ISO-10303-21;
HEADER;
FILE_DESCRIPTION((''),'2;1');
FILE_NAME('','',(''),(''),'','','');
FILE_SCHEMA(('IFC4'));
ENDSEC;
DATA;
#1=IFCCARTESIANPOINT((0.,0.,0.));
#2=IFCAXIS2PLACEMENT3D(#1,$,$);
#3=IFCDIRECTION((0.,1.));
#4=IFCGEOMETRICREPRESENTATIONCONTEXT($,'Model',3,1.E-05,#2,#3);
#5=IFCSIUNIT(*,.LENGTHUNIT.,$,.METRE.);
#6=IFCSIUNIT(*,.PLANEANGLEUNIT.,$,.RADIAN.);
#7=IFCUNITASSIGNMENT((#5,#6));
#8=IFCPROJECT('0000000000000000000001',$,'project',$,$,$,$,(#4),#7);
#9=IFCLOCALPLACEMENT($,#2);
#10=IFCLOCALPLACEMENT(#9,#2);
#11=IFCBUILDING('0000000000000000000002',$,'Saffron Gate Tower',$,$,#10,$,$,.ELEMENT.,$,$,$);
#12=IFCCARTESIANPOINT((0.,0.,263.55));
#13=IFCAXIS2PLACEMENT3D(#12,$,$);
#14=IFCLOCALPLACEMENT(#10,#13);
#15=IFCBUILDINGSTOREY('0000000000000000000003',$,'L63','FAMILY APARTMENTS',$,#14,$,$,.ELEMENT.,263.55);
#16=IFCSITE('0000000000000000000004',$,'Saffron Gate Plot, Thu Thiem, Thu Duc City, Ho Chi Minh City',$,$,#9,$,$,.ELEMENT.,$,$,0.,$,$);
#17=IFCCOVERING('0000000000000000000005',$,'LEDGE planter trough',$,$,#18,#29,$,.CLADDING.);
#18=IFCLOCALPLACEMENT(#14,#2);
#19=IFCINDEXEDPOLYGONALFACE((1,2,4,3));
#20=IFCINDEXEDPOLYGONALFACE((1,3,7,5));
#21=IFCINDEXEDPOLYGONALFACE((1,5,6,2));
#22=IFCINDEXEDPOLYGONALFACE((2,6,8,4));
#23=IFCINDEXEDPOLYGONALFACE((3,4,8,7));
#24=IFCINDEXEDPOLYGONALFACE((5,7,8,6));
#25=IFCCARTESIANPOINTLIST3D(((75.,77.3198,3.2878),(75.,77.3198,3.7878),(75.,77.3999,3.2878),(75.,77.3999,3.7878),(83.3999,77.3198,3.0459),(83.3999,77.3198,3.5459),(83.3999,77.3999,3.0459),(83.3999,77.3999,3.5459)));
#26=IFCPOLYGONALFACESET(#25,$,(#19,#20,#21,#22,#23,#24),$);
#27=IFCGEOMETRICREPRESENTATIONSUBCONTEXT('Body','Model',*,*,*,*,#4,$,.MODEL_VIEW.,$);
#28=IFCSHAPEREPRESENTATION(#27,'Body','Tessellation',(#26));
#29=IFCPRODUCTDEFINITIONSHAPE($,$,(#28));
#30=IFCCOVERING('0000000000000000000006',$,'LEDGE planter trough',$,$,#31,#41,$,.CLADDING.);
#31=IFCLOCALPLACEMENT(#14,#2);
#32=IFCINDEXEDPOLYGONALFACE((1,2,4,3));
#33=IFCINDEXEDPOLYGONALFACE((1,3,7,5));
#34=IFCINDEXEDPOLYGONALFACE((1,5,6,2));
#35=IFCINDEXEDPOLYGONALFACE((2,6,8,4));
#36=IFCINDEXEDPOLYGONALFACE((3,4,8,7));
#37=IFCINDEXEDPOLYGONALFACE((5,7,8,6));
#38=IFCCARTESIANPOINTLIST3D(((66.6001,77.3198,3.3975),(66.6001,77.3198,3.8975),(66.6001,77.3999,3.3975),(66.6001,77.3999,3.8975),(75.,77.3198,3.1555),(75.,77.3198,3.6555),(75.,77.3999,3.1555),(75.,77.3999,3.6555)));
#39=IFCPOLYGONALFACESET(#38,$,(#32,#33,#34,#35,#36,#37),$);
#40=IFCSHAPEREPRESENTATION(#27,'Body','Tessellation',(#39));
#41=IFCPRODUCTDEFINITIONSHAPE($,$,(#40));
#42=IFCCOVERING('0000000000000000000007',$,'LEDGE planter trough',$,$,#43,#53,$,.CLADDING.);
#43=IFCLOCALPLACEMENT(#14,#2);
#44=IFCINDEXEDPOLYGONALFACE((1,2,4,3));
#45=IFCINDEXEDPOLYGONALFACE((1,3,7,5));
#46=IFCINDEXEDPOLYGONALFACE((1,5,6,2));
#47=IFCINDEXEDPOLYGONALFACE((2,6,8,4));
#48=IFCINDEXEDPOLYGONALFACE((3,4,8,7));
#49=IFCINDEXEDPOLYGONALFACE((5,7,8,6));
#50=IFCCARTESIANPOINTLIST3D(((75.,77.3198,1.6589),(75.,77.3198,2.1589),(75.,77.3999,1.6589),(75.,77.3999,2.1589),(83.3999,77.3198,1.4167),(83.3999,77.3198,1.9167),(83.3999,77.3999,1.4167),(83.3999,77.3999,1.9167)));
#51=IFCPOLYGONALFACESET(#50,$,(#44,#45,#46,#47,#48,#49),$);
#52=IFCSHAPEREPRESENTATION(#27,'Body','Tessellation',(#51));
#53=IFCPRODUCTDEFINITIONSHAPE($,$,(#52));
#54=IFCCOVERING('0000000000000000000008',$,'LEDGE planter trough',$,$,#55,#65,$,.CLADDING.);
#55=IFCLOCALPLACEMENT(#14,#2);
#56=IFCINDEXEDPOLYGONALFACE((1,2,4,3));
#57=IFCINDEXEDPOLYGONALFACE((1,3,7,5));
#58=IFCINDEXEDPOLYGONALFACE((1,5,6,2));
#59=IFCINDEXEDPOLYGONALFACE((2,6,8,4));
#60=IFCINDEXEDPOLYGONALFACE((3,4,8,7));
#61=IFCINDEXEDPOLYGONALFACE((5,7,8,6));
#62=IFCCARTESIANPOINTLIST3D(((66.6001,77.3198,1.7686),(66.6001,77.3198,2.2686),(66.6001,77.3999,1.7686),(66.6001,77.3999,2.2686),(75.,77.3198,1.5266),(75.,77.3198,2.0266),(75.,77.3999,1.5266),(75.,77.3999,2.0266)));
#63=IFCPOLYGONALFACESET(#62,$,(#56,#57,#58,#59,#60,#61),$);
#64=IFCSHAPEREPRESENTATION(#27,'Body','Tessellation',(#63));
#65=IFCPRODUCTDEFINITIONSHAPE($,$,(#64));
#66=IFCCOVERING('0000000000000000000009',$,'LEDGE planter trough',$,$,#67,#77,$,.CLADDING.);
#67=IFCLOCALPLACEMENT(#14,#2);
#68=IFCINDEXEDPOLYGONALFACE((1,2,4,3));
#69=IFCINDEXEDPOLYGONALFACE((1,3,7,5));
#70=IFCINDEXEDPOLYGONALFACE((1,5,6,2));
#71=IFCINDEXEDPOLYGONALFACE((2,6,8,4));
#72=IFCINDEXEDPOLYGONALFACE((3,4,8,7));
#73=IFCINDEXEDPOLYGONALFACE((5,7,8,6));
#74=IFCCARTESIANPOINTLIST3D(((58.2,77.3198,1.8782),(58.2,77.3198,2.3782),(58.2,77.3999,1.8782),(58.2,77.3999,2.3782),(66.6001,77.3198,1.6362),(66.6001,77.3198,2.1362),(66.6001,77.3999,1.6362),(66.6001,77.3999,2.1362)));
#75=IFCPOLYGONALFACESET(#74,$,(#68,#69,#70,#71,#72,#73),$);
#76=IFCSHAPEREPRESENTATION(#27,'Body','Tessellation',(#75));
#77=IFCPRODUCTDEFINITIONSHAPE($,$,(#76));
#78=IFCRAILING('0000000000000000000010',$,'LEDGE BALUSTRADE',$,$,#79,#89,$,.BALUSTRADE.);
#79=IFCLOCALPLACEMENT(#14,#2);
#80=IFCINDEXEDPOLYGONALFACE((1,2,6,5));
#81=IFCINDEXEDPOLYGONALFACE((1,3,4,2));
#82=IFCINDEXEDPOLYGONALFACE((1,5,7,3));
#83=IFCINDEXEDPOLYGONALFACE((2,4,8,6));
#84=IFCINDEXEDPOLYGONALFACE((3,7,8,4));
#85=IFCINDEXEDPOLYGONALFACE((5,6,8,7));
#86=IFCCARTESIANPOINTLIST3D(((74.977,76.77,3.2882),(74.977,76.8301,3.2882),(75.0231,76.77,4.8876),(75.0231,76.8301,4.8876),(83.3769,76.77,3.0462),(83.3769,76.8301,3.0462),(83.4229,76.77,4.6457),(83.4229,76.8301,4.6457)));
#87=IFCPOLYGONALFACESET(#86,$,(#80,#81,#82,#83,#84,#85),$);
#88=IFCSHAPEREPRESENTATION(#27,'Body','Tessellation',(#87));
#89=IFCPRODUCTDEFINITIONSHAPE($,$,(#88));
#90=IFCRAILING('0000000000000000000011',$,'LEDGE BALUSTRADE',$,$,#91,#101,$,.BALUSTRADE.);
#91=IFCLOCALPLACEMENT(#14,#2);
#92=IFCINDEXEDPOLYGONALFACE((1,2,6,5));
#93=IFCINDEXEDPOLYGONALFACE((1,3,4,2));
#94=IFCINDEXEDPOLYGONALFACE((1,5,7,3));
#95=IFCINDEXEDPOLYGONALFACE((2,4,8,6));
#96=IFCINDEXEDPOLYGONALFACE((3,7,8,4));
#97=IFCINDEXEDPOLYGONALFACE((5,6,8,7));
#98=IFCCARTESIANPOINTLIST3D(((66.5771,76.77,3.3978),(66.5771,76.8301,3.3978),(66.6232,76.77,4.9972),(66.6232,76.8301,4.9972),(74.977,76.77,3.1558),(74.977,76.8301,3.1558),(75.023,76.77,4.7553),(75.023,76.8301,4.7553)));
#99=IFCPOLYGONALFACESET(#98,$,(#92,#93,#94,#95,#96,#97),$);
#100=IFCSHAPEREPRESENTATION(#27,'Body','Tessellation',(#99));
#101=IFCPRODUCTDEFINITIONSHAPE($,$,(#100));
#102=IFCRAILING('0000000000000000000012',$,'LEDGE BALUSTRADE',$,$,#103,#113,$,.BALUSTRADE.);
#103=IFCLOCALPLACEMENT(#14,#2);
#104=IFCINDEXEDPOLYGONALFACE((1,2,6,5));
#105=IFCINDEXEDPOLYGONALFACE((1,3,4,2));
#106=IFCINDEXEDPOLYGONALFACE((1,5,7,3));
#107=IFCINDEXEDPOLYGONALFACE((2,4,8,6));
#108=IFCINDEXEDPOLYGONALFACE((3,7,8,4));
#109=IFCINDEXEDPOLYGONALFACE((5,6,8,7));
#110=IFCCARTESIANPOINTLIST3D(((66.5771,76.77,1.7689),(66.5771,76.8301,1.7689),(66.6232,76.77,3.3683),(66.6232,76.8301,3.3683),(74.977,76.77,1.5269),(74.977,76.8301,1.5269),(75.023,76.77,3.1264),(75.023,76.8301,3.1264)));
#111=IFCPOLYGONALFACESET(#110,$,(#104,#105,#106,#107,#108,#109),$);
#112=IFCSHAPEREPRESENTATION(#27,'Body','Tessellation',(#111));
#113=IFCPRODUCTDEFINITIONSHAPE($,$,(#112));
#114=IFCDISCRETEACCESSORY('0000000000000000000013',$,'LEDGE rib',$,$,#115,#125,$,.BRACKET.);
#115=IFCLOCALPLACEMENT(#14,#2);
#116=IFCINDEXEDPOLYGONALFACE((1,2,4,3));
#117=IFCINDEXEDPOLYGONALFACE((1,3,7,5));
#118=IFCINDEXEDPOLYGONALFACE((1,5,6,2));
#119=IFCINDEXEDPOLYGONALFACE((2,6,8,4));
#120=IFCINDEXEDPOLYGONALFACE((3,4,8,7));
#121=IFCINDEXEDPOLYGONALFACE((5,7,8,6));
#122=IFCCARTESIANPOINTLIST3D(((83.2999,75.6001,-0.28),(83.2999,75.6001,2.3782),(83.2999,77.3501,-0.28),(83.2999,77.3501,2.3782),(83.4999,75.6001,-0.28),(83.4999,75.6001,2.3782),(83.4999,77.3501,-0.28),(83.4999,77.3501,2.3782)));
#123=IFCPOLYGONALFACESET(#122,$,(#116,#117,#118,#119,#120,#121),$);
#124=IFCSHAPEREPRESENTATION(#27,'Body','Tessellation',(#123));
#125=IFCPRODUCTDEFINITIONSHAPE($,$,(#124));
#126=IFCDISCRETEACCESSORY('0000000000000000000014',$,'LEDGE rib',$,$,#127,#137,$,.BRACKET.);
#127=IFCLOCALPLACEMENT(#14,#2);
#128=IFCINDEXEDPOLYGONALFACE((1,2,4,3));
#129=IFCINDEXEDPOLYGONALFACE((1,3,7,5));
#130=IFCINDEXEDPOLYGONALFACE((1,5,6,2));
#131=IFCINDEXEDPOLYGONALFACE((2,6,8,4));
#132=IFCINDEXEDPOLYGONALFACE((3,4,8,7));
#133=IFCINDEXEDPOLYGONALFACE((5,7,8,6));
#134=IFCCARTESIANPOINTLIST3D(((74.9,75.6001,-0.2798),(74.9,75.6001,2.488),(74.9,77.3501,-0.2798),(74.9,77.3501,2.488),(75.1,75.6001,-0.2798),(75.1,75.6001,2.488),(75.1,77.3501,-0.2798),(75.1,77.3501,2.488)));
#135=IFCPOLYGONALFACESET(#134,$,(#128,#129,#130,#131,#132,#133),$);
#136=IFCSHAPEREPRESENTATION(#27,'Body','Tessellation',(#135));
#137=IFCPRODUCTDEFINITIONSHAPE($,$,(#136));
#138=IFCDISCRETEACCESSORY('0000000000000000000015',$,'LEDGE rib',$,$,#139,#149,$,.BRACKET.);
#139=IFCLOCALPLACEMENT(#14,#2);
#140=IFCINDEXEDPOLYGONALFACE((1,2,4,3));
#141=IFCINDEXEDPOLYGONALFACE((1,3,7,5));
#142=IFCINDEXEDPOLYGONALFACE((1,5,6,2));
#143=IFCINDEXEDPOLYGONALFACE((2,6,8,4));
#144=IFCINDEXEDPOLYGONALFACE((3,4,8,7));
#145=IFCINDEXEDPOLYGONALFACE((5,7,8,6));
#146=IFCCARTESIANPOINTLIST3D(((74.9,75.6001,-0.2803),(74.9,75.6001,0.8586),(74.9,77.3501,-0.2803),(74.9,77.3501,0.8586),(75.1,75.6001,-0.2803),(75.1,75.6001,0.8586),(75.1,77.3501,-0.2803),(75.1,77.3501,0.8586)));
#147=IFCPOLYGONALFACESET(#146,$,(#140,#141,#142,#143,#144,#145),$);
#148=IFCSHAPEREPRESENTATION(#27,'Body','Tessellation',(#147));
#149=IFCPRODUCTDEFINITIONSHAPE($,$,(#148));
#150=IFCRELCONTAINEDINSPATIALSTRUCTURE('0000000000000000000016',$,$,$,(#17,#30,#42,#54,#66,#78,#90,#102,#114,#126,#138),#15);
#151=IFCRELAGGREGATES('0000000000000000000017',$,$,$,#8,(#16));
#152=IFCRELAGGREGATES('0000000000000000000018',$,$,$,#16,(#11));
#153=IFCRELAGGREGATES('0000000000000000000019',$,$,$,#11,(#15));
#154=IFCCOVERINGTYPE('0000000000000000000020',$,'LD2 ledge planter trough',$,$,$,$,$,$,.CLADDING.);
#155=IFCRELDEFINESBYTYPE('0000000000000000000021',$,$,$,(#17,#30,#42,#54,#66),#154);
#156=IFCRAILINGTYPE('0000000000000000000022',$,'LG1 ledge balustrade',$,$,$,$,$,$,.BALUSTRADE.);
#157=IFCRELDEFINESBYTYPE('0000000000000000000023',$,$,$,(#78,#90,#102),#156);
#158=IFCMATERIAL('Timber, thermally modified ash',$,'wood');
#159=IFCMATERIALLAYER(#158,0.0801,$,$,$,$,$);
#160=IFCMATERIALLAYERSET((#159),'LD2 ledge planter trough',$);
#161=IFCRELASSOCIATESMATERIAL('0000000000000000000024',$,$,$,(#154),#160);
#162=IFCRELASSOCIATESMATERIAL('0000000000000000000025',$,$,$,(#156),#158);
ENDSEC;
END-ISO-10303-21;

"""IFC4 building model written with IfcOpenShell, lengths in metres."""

from ifc_helpers import new_model, si_unit, direction, frame, origin, origin_2d, place, context, subcontext, project, spatial, polyline, rectangle, outline, extrude, material, layer, layer_set, type_object, element, save


model = new_model("IFC4")

# Units and contexts
model_context = context("Model", 3, precision=1e-05, world=origin(), true_north=direction((0.0, 1.0)))
body_context = subcontext(model_context, "Body", "Model", "MODEL_VIEW")
ifc_project = project(units=[si_unit("LENGTHUNIT", "METRE"), si_unit("PLANEANGLEUNIT", "RADIAN")], contexts=[model_context])

# Site, building, storey
site_placement = place(None, origin())
site = spatial("IfcSite", under=ifc_project, at=site_placement, Name="Saffron Gate Plot, Thu Thiem, Thu Duc City, Ho Chi Minh City", CompositionType="ELEMENT", RefElevation=0.0)
building_placement = place(site_placement, origin())
building = spatial("IfcBuilding", under=site, at=building_placement, Name="Saffron Gate Tower", CompositionType="ELEMENT")
storey_placement = place(building_placement, frame((0.0, 0.0, 263.55)))
storey = spatial("IfcBuildingStorey", under=building, at=storey_placement, Name="L63", Description="FAMILY APARTMENTS", CompositionType="ELEMENT", Elevation=263.55)

# Coverings
ifc_material_1 = material(Name="Timber, thermally modified ash", Category="wood")
ifc_layer_1 = layer(ifc_material_1, 0.0801)
ifc_layer_set_1 = layer_set([ifc_layer_1], Name="LD2 ledge planter trough")
covering_type_1 = type_object("IfcCoveringType", Name="LD2 ledge planter trough", PredefinedType="CLADDING", material=ifc_layer_set_1)
for number, where, z_axis, x_axis, name in (
    (1, (83.3999, 77.3999, 3.0459), (0.0, 1.0, 0.0), (-0.999585, 0.0, 0.028791), "LEDGE planter trough"),
    (2, (75.0, 77.3999, 3.1555), (0.0, 1.0, 0.0), (-0.999585, 0.0, 0.028791), "LEDGE planter trough"),
):
    element("IfcCovering", number, at=place(storey_placement, frame(where, z_axis=z_axis, x_axis=x_axis)), inside=storey, type_object=covering_type_1, Name=name, PredefinedType="CLADDING", context=body_context, shape_type="SweptSolid", body=[
        extrude(outline(polyline([(0.0, 0.0), (8.4034, 0.0), (8.4178, 0.4998), (0.0144, 0.4998), (0.0, 0.0)])), origin(), (0.0, 0.0, -1.0), 0.0801),
    ])
covering_1_placement = place(storey_placement, frame((83.3999, 77.3999, 1.4167), z_axis=(0.0, 1.0, 0.0), x_axis=(-0.999585, 0.0, 0.02882)))
element("IfcCovering", 3, at=covering_1_placement, inside=storey, type_object=covering_type_1, Name="LEDGE planter trough", PredefinedType="CLADDING", context=body_context, shape_type="SweptSolid", body=[
    extrude(outline(polyline([(0.0, 0.0), (8.4034, 0.0), (8.4178, 0.4998), (0.0144, 0.4998), (0.0, 0.0)])), origin(), (0.0, 0.0, -1.0), 0.0801),
])
covering_2_placement = place(storey_placement, frame((75.0, 77.3999, 1.5266), z_axis=(0.0, 1.0, 0.0), x_axis=(-0.999585, 0.0, 0.028791)))
element("IfcCovering", 4, at=covering_2_placement, inside=storey, type_object=covering_type_1, Name="LEDGE planter trough", PredefinedType="CLADDING", context=body_context, shape_type="SweptSolid", body=[
    extrude(outline(polyline([(0.0, 0.0), (8.4034, 0.0), (8.4178, 0.4998), (0.0144, 0.4998), (0.0, 0.0)])), origin(), (0.0, 0.0, -1.0), 0.0801),
])
covering_3_placement = place(storey_placement, frame((66.6001, 77.3999, 1.6362), z_axis=(0.0, 1.0, 0.0), x_axis=(-0.999585, 0.0, 0.02879)))
element("IfcCovering", 5, at=covering_3_placement, inside=storey, type_object=covering_type_1, Name="LEDGE planter trough", PredefinedType="CLADDING", context=body_context, shape_type="SweptSolid", body=[
    extrude(outline(polyline([(0.0, 0.0), (8.4036, 0.0), (8.418, 0.4998), (0.0144, 0.4998), (0.0, 0.0)])), origin(), (0.0, 0.0, -1.0), 0.0801),
])

# Railings
railing_type = type_object("IfcRailingType", Name="LG1 ledge balustrade", PredefinedType="BALUSTRADE", material=ifc_material_1)
for number, where, name in (
    (6, (83.3999, 76.8, 3.0459), "LEDGE BALUSTRADE"),
    (7, (75.0, 76.8, 3.1555), "LEDGE BALUSTRADE"),
    (8, (75.0, 76.8, 1.5266), "LEDGE BALUSTRADE"),
):
    element("IfcRailing", number, at=place(storey_placement, frame(where)), inside=storey, type_object=railing_type, Name=name, PredefinedType="BALUSTRADE", context=body_context, shape_type="SweptSolid", body=[
        extrude(rectangle(XDim=0.0601, YDim=1.6001, at=origin_2d()), frame((0.0, 0.0, 0.8), z_axis=(-0.999585, 0.0, 0.028791), x_axis=(0.0, -1.0, 0.0)), (0.0, 0.0, 1.0), 8.4033),
    ])

# Discrete accessories
discrete_accessory_1_placement = place(storey_placement, frame((83.3999, 76.4751, -0.28), z_axis=(0.0, 0.0, 1.0), x_axis=(-1.0, 0.0, 0.0)))
element("IfcDiscreteAccessory", 9, at=discrete_accessory_1_placement, inside=storey, Name="LEDGE rib", PredefinedType="BRACKET", context=body_context, shape_type="SweptSolid", body=[
    extrude(rectangle(XDim=0.2, YDim=1.75, at=origin_2d()), origin(), (0.0, 0.0, 1.0), 2.6582),
])
discrete_accessory_2_placement = place(storey_placement, frame((75.0, 76.4751, -0.2798), z_axis=(0.0, 0.0, 1.0), x_axis=(-1.0, 0.0, 0.0)))
element("IfcDiscreteAccessory", 10, at=discrete_accessory_2_placement, inside=storey, Name="LEDGE rib", PredefinedType="BRACKET", context=body_context, shape_type="SweptSolid", body=[
    extrude(rectangle(XDim=0.2, YDim=1.75, at=origin_2d()), origin(), (0.0, 0.0, 1.0), 2.7678),
])
discrete_accessory_3_placement = place(storey_placement, frame((75.0, 76.4751, -0.2803), z_axis=(0.0, 0.0, 1.0), x_axis=(-1.0, 0.0, 0.0)))
element("IfcDiscreteAccessory", 11, at=discrete_accessory_3_placement, inside=storey, Name="LEDGE rib", PredefinedType="BRACKET", context=body_context, shape_type="SweptSolid", body=[
    extrude(rectangle(XDim=0.2, YDim=1.75, at=origin_2d()), origin(), (0.0, 0.0, 1.0), 1.1389),
])

save(model, "model.ifc")
